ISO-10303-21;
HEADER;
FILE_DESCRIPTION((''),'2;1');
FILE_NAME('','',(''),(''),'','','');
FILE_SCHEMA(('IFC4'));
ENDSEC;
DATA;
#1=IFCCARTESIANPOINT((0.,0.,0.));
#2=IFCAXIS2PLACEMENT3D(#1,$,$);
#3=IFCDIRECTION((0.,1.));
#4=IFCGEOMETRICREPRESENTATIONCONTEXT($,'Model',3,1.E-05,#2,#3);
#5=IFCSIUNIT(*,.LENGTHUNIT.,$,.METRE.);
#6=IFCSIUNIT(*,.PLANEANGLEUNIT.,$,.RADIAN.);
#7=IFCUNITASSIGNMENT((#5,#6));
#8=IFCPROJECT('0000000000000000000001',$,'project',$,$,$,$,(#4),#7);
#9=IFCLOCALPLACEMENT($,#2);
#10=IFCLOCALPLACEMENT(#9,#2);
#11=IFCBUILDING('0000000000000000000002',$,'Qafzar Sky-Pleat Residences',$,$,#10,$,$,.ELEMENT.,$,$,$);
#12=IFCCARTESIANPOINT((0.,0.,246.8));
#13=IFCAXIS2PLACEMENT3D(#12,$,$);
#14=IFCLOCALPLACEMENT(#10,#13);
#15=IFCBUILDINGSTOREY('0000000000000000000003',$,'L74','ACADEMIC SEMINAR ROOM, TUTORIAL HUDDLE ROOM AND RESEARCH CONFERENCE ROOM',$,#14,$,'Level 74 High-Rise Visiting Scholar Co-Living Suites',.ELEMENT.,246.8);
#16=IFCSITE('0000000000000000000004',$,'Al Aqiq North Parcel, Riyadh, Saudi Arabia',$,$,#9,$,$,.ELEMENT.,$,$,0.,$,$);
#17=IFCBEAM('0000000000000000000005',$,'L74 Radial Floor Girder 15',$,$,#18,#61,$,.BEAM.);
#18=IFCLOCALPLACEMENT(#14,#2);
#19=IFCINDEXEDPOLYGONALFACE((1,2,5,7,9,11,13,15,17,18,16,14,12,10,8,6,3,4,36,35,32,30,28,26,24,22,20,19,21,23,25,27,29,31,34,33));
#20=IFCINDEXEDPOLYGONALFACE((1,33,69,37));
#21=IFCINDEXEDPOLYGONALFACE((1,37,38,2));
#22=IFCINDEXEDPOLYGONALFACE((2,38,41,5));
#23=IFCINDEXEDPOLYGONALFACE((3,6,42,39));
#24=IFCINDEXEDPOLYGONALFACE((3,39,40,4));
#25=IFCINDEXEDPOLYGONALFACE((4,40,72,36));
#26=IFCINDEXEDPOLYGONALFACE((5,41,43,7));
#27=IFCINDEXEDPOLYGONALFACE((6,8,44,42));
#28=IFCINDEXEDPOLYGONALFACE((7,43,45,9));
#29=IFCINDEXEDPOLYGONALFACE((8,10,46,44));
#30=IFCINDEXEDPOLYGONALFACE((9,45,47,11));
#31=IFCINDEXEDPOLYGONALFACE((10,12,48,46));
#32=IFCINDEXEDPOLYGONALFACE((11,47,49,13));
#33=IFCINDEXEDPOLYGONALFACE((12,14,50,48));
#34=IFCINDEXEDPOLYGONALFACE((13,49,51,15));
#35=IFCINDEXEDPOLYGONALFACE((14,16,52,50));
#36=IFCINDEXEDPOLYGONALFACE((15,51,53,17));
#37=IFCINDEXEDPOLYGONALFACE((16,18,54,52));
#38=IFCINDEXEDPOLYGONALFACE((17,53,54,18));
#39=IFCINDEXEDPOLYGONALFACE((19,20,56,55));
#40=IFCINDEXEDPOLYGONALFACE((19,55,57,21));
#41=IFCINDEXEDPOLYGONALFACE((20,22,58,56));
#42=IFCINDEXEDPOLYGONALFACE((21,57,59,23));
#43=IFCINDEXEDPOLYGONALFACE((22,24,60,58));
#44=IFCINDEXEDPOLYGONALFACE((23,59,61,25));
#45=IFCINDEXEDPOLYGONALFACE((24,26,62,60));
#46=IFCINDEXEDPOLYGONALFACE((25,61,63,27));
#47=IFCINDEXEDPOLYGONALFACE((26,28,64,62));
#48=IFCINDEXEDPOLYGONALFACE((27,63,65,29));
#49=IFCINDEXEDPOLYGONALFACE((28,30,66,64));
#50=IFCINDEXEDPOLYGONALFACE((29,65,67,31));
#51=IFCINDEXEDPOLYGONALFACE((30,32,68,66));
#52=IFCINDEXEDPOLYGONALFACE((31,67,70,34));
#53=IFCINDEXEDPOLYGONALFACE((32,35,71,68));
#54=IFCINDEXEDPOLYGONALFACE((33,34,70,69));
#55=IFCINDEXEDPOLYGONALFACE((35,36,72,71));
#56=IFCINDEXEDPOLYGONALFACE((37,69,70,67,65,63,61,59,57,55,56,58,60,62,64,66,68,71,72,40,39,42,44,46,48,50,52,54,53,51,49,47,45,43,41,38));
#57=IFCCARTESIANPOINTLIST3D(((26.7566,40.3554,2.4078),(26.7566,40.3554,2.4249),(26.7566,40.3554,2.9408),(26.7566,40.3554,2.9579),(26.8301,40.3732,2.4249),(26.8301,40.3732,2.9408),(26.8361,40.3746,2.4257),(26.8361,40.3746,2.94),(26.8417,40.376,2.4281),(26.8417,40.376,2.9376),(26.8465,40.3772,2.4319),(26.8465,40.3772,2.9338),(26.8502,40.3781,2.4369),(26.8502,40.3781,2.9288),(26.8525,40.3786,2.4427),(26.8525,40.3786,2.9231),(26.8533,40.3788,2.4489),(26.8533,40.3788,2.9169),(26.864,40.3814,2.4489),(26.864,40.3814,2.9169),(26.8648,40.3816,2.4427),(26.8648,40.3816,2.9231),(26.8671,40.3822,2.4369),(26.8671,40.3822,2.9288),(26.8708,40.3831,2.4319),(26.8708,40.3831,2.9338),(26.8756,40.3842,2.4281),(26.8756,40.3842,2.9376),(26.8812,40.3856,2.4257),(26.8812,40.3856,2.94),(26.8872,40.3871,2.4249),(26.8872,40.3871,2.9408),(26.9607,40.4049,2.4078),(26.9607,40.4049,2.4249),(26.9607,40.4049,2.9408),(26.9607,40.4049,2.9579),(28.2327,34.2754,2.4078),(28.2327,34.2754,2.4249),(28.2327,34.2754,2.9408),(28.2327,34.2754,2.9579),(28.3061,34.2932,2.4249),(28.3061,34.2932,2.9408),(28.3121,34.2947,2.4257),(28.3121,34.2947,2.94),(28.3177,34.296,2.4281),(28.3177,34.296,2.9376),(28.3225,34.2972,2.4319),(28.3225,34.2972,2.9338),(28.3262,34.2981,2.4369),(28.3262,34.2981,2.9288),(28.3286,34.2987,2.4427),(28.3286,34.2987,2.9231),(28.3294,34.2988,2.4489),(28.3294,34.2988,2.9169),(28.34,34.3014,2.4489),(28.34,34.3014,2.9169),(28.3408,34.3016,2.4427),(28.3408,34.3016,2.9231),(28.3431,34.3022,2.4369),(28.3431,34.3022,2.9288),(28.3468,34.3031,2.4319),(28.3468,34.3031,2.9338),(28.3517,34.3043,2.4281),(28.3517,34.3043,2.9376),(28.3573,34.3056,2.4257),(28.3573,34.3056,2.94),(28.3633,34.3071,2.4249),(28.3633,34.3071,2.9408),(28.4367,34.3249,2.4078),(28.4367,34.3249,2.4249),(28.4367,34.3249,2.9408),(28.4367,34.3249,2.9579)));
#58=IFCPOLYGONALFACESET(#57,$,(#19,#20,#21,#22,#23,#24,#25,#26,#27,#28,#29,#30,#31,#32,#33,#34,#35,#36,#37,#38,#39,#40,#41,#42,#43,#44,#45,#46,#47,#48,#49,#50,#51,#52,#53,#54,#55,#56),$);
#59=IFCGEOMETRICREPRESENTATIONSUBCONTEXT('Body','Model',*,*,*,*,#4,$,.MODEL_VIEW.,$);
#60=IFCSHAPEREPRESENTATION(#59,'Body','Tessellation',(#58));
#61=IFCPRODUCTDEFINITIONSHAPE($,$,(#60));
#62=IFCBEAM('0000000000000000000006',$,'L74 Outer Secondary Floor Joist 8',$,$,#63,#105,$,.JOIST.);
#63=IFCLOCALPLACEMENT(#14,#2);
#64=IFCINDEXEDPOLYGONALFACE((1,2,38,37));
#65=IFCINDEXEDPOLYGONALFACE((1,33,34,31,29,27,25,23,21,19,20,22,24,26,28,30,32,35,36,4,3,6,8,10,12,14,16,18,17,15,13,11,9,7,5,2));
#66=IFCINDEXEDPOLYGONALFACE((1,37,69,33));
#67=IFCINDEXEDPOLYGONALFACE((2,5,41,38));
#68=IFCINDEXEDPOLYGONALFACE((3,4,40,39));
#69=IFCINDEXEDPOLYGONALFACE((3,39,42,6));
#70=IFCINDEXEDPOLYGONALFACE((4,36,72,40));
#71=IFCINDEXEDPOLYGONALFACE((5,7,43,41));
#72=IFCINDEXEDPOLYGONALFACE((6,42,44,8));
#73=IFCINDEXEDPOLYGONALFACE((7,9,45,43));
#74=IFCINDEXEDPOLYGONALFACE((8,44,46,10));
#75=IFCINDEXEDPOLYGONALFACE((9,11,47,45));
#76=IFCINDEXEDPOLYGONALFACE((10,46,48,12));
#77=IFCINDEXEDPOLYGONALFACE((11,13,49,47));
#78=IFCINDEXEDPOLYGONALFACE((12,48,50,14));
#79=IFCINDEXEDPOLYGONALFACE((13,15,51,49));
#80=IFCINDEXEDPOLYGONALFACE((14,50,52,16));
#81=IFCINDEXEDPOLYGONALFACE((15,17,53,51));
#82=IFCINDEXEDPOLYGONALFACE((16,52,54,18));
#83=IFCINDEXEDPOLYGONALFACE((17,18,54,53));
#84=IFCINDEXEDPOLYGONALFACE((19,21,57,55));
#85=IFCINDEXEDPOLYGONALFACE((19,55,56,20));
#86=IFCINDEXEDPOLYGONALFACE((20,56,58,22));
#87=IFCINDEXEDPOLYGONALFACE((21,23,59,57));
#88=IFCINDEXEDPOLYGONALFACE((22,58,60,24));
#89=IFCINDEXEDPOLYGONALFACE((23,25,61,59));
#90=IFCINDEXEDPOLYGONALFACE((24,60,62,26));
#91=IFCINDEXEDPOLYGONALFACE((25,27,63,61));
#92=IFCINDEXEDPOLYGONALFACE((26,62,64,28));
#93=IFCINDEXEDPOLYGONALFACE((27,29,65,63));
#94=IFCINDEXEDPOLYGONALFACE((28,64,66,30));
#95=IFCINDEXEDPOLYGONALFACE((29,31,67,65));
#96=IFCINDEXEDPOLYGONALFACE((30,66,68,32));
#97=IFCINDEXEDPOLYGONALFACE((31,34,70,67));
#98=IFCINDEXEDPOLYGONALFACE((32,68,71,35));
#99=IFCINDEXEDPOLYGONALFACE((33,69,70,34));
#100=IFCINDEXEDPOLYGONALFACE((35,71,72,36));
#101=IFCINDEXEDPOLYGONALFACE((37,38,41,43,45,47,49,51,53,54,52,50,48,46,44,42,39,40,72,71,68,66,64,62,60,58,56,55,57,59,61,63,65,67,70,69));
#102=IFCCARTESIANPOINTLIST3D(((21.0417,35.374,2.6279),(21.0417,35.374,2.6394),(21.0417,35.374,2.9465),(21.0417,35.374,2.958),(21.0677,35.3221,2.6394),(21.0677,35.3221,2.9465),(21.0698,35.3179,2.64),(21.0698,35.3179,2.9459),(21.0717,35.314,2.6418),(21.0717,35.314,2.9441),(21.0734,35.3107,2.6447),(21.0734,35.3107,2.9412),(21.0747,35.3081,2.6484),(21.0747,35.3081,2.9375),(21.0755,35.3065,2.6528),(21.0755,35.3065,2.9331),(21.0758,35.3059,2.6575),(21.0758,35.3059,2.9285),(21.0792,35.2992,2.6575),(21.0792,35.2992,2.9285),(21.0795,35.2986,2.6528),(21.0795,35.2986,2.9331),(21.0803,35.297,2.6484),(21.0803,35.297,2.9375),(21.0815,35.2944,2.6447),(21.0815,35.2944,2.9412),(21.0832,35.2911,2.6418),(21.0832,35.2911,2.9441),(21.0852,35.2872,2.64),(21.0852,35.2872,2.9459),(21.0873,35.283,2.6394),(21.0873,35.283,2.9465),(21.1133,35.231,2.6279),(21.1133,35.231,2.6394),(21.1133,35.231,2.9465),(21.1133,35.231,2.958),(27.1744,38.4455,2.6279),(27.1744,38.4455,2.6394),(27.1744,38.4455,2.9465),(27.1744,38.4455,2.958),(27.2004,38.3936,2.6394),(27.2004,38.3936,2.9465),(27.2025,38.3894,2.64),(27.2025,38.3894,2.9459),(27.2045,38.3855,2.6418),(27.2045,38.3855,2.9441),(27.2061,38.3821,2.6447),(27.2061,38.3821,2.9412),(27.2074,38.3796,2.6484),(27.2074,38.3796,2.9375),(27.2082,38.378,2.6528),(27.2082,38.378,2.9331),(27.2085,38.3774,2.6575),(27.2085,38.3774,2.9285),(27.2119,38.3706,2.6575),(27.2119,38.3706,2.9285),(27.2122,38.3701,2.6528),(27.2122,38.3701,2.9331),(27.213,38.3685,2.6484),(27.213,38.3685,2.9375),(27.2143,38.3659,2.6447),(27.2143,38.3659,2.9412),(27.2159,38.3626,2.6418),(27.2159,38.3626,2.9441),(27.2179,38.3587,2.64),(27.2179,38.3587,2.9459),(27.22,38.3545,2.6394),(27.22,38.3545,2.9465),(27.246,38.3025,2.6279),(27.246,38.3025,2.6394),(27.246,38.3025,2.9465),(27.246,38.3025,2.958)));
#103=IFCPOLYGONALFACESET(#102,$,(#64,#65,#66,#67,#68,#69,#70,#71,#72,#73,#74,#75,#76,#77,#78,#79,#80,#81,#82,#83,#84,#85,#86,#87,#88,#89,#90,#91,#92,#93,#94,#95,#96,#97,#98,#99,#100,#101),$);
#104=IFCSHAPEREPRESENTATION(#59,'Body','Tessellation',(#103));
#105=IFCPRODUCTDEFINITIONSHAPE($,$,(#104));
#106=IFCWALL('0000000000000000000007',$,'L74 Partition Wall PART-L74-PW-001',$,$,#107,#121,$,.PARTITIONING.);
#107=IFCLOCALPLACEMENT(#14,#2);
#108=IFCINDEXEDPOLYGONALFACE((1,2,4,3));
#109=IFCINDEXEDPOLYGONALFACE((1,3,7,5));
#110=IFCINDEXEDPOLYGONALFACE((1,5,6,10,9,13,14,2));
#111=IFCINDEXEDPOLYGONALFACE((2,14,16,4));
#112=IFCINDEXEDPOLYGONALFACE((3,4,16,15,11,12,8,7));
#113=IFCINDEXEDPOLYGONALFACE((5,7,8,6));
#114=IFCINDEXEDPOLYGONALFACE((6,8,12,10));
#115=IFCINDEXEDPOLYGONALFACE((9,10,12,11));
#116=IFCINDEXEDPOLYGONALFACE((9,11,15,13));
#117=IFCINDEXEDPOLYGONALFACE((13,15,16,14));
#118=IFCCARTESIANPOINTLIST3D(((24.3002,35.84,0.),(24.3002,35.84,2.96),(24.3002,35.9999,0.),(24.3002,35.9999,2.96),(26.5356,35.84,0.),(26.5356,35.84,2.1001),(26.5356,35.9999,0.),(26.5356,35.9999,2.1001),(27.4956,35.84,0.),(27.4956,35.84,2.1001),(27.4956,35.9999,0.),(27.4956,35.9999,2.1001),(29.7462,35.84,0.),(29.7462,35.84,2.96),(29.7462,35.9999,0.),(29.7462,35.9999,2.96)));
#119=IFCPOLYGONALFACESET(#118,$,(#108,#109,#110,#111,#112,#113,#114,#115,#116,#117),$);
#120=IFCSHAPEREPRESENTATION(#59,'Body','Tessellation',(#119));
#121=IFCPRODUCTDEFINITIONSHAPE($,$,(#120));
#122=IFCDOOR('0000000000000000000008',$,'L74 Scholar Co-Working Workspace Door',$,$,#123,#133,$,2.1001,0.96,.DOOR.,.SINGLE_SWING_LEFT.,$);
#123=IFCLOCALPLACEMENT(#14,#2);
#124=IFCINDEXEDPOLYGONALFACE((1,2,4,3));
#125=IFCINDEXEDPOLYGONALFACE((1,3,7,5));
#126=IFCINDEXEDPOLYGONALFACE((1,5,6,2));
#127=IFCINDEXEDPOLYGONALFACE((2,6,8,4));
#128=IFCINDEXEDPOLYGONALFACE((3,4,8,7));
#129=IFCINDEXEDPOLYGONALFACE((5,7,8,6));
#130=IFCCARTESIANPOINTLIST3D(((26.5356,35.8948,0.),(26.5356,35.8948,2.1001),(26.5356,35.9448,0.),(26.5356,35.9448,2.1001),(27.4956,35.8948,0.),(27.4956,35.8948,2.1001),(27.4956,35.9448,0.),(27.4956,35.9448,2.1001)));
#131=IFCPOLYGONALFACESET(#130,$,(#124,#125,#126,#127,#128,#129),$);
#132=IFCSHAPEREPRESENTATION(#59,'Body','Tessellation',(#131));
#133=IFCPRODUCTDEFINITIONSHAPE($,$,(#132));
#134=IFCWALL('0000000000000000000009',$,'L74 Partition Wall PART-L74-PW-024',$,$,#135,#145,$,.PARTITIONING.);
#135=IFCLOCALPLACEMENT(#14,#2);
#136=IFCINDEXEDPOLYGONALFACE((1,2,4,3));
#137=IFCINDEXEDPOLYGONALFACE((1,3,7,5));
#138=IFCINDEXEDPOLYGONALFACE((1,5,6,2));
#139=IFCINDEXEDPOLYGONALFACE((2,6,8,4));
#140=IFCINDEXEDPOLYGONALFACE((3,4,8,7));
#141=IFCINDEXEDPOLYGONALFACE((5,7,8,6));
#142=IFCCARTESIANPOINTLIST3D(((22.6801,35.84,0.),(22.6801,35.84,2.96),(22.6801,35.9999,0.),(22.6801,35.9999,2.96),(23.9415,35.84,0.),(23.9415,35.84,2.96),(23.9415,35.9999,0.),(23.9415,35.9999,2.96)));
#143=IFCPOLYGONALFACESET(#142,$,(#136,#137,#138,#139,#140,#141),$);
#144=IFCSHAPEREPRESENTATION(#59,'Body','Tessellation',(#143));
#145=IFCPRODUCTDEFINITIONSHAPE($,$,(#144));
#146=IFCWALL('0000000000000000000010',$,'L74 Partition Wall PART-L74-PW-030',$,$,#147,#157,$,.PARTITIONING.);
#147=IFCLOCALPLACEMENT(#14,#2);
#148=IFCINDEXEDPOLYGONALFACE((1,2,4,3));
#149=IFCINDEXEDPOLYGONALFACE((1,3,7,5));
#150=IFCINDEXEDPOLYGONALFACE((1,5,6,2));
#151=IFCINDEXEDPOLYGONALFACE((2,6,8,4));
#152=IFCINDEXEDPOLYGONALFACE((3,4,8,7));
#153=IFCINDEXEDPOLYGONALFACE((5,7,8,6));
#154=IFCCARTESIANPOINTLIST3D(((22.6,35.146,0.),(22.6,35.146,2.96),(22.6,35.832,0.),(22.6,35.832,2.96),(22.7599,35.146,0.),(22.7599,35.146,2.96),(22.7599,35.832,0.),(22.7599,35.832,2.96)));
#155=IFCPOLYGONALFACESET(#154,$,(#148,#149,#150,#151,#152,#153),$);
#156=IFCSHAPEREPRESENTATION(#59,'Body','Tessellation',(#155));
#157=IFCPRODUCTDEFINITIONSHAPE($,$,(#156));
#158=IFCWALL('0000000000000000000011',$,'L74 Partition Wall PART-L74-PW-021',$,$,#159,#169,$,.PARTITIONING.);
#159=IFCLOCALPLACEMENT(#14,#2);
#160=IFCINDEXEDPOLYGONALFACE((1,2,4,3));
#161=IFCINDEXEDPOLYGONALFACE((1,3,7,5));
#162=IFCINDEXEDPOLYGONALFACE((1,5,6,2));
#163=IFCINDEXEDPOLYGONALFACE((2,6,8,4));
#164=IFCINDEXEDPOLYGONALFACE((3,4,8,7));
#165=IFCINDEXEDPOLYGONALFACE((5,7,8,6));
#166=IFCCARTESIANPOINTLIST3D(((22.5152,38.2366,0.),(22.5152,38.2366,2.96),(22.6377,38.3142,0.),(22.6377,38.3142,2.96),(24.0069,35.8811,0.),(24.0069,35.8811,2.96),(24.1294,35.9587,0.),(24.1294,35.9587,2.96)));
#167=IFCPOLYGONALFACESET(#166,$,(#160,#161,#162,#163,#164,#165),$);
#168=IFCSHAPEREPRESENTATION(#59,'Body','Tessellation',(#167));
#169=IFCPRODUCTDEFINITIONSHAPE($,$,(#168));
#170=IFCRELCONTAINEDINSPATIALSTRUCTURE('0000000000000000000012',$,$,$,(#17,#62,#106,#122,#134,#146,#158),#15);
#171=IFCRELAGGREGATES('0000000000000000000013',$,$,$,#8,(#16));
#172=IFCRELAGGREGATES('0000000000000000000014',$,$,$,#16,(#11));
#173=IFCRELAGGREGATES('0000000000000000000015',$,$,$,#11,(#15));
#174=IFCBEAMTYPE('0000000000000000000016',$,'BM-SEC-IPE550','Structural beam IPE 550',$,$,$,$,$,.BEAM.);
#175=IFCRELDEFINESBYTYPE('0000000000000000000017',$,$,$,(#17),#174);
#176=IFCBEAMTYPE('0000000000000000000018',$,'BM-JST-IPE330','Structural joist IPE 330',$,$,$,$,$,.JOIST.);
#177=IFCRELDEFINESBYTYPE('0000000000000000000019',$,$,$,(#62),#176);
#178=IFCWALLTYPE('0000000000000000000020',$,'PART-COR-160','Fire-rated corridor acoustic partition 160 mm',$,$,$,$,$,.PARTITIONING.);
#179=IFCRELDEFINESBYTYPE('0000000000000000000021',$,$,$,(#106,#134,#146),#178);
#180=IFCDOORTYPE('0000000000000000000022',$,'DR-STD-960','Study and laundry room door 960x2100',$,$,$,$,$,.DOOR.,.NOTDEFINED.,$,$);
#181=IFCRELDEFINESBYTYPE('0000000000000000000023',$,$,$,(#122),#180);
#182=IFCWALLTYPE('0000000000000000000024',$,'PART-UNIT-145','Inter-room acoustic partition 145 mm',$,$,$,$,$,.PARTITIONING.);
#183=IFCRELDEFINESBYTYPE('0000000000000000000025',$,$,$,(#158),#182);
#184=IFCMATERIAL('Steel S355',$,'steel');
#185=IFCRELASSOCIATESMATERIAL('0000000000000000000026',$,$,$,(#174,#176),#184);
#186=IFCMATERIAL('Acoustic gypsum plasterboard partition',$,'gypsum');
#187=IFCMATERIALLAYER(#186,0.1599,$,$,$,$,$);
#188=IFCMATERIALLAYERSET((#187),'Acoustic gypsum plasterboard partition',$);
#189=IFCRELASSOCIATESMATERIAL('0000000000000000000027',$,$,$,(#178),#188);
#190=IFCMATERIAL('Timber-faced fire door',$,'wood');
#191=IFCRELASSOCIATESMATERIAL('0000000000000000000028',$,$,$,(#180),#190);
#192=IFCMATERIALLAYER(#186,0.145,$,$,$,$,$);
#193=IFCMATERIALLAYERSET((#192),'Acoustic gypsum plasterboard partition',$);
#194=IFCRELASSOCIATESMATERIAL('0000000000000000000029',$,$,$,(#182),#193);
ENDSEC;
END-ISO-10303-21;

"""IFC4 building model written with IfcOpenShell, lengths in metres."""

from ifc_helpers import new_model, si_unit, direction, frame, frame_2d, origin, origin_2d, place, context, subcontext, project, spatial, rectangle, i_section, extrude, source, transform, mapped, material, layer, layer_set, material_profile, profile_set, type_object, element, fill, save


model = new_model("IFC4")

# Units and contexts
model_context = context("Model", 3, precision=1e-05, world=origin(), true_north=direction((0.0, 1.0)))
body_context = subcontext(model_context, "Body", "Model", "MODEL_VIEW")
ifc_project = project(units=[si_unit("LENGTHUNIT", "METRE"), si_unit("PLANEANGLEUNIT", "RADIAN")], contexts=[model_context])

# Site, building, storey
site_placement = place(None, origin())
site = spatial("IfcSite", under=ifc_project, at=site_placement, Name="Al Aqiq North Parcel, Riyadh, Saudi Arabia", CompositionType="ELEMENT", RefElevation=0.0)
building_placement = place(site_placement, origin())
building = spatial("IfcBuilding", under=site, at=building_placement, Name="Qafzar Sky-Pleat Residences", CompositionType="ELEMENT")
storey_placement = place(building_placement, frame((0.0, 0.0, 246.8)))
storey = spatial("IfcBuildingStorey", under=building, at=storey_placement, Name="L74", Description="ACADEMIC SEMINAR ROOM, TUTORIAL HUDDLE ROOM AND RESEARCH CONFERENCE ROOM", LongName="Level 74 High-Rise Visiting Scholar Co-Living Suites", CompositionType="ELEMENT", Elevation=246.8)

# Shared definitions
ifc_material_1 = material(Name="Steel S355", Category="steel")

# Beams
ifc_material_profile_1 = material_profile(ifc_material_1, i_section(OverallWidth=0.21, OverallDepth=0.55, WebThickness=0.011, FlangeThickness=0.0171, FilletRadius=0.0239, at=origin_2d()), Name="IPE 550")
ifc_profile_set_1 = profile_set([ifc_material_profile_1], Name="Steel S355")
beam_type_1 = type_object("IfcBeamType", Name="BM-SEC-IPE550", Description="Structural beam IPE 550", PredefinedType="BEAM", material=ifc_profile_set_1)
shared_shape_1 = source(origin(), body_context, "Body", "SweptSolid", [
    extrude(i_section(OverallWidth=0.21, OverallDepth=0.55, WebThickness=0.011, FlangeThickness=0.0171, FilletRadius=0.0239, at=origin_2d()), origin(), (0.0, 0.0, 1.0), 6.2566),
])
beam_1_placement = place(storey_placement, frame((26.8586, 40.3801, 2.6829), z_axis=(0.235919, -0.971773, 0.0), x_axis=(0.971773, 0.235919, 0.0)))
element("IfcBeam", 1, at=beam_1_placement, inside=storey, type_object=beam_type_1, Name="L74 Radial Floor Girder 15", PredefinedType="BEAM", context=body_context, shape_type="MappedRepresentation", body=[
    mapped(shared_shape_1, transform((0.0, 0.0, 0.0), x_axis=(1.0, 0.0, 0.0), y_axis=(0.0, 1.0, 0.0), z_axis=(0.0, 0.0, 1.0), scale=1.0)),
])
ifc_material_profile_2 = material_profile(ifc_material_1, i_section(OverallWidth=0.1599, OverallDepth=0.3301, WebThickness=0.0076, FlangeThickness=0.0115, FilletRadius=0.0181, at=origin_2d()), Name="IPE 330")
ifc_profile_set_2 = profile_set([ifc_material_profile_2], Name="Steel S355")
beam_type_2 = type_object("IfcBeamType", Name="BM-JST-IPE330", Description="Structural joist IPE 330", PredefinedType="JOIST", material=ifc_profile_set_2)
shared_shape_2 = source(origin(), body_context, "Body", "SweptSolid", [
    extrude(i_section(OverallWidth=0.1599, OverallDepth=0.3301, WebThickness=0.0076, FlangeThickness=0.0115, FilletRadius=0.0181, at=origin_2d()), origin(), (0.0, 0.0, 1.0), 6.8589),
])
beam_2_placement = place(storey_placement, frame((27.2102, 38.374, 2.793), z_axis=(-0.894128, -0.447811, 0.0), x_axis=(0.447811, -0.894128, 0.0)))
element("IfcBeam", 2, at=beam_2_placement, inside=storey, type_object=beam_type_2, Name="L74 Outer Secondary Floor Joist 8", PredefinedType="JOIST", context=body_context, shape_type="MappedRepresentation", body=[
    mapped(shared_shape_2, transform((0.0, 0.0, 0.0), x_axis=(1.0, 0.0, 0.0), y_axis=(0.0, 1.0, 0.0), z_axis=(0.0, 0.0, 1.0), scale=1.0)),
])

# Wall, opening, door
ifc_material_2 = material(Name="Acoustic gypsum plasterboard partition", Category="gypsum")
ifc_layer_1 = layer(ifc_material_2, 0.1599)
ifc_layer_set_1 = layer_set([ifc_layer_1], Name="Acoustic gypsum plasterboard partition")
wall_type_1 = type_object("IfcWallType", Name="PART-COR-160", Description="Fire-rated corridor acoustic partition 160 mm", PredefinedType="PARTITIONING", material=ifc_layer_set_1)
wall_1_placement = place(storey_placement, frame((24.3, 35.9199, 0.0), z_axis=(0.0, 0.0, 1.0), x_axis=(1.0, 0.0, 0.0)))
wall_1 = element("IfcWall", 3, at=wall_1_placement, inside=storey, type_object=wall_type_1, Name="L74 Partition Wall PART-L74-PW-001", PredefinedType="PARTITIONING", context=body_context, shape_type="SweptSolid", body=[
    extrude(rectangle(XDim=5.446, YDim=0.1599, at=frame_2d((2.7231, 0.0))), origin(), (0.0, 0.0, 1.0), 2.96),
])
opening_1_placement = place(wall_1_placement, frame((2.2356, 0.0, 0.0)))
opening_1 = element("IfcOpeningElement", 4, at=opening_1_placement, cuts=wall_1, PredefinedType="OPENING", context=body_context, shape_type="SweptSolid", body=[
    extrude(rectangle(XDim=0.96, YDim=2.1001, at=frame_2d((0.48, 1.05))), frame((0.0, 0.0898, 0.0), z_axis=(0.0, -1.0, 0.0), x_axis=(1.0, 0.0, 0.0)), (0.0, 0.0, 1.0), 0.1799),
])
ifc_material_3 = material(Name="Timber-faced fire door", Category="wood")
door_type = type_object("IfcDoorType", Name="DR-STD-960", Description="Study and laundry room door 960x2100", OperationType="NOTDEFINED", PredefinedType="DOOR", material=ifc_material_3)
shared_shape_3 = source(origin(), body_context, "Body", "SweptSolid", [
    extrude(rectangle(XDim=0.96, YDim=2.1001, at=frame_2d((0.48, 1.05))), frame((0.0, 0.0249, 0.0), z_axis=(0.0, -1.0, 0.0), x_axis=(1.0, 0.0, 0.0)), (0.0, 0.0, 1.0), 0.05),
])
door_placement = place(opening_1_placement, origin())
door = element("IfcDoor", 5, at=door_placement, inside=storey, type_object=door_type, Name="L74 Scholar Co-Working Workspace Door", OperationType="SINGLE_SWING_LEFT", OverallHeight=2.1001, OverallWidth=0.96, PredefinedType="DOOR", context=body_context, shape_type="MappedRepresentation", body=[
    mapped(shared_shape_3, transform((0.0, 0.0, 0.0), x_axis=(1.0, 0.0, 0.0), y_axis=(0.0, 1.0, 0.0), z_axis=(0.0, 0.0, 1.0), scale=1.0)),
])
fill(opening_1, door)

# Walls
wall_2_placement = place(storey_placement, frame((22.6799, 35.9199, 0.0), z_axis=(0.0, 0.0, 1.0), x_axis=(1.0, 0.0, 0.0)))
element("IfcWall", 6, at=wall_2_placement, inside=storey, type_object=wall_type_1, Name="L74 Partition Wall PART-L74-PW-024", PredefinedType="PARTITIONING", context=body_context, shape_type="SweptSolid", body=[
    extrude(rectangle(XDim=1.2615, YDim=0.1599, at=frame_2d((0.6309, 0.0))), origin(), (0.0, 0.0, 1.0), 2.96),
])
wall_3_placement = place(storey_placement, frame((22.6799, 35.146, 0.0), z_axis=(0.0, 0.0, 1.0), x_axis=(0.0, 1.0, 0.0)))
element("IfcWall", 7, at=wall_3_placement, inside=storey, type_object=wall_type_1, Name="L74 Partition Wall PART-L74-PW-030", PredefinedType="PARTITIONING", context=body_context, shape_type="SweptSolid", body=[
    extrude(rectangle(XDim=0.686, YDim=0.1599, at=frame_2d((0.343, 0.0))), origin(), (0.0, 0.0, 1.0), 2.96),
])
ifc_layer_2 = layer(ifc_material_2, 0.145)
ifc_layer_set_2 = layer_set([ifc_layer_2], Name="Acoustic gypsum plasterboard partition")
wall_type_2 = type_object("IfcWallType", Name="PART-UNIT-145", Description="Inter-room acoustic partition 145 mm", PredefinedType="PARTITIONING", material=ifc_layer_set_2)
wall_4_placement = place(storey_placement, frame((22.5764, 38.2754, 0.0), z_axis=(0.0, 0.0, 1.0), x_axis=(0.535027, -0.844835, 0.0)))
element("IfcWall", 8, at=wall_4_placement, inside=storey, type_object=wall_type_2, Name="L74 Partition Wall PART-L74-PW-021", PredefinedType="PARTITIONING", context=body_context, shape_type="SweptSolid", body=[
    extrude(rectangle(XDim=2.7881, YDim=0.145, at=frame_2d((1.394, 0.0))), origin(), (0.0, 0.0, 1.0), 2.96),
])

save(model, "model.ifc")
